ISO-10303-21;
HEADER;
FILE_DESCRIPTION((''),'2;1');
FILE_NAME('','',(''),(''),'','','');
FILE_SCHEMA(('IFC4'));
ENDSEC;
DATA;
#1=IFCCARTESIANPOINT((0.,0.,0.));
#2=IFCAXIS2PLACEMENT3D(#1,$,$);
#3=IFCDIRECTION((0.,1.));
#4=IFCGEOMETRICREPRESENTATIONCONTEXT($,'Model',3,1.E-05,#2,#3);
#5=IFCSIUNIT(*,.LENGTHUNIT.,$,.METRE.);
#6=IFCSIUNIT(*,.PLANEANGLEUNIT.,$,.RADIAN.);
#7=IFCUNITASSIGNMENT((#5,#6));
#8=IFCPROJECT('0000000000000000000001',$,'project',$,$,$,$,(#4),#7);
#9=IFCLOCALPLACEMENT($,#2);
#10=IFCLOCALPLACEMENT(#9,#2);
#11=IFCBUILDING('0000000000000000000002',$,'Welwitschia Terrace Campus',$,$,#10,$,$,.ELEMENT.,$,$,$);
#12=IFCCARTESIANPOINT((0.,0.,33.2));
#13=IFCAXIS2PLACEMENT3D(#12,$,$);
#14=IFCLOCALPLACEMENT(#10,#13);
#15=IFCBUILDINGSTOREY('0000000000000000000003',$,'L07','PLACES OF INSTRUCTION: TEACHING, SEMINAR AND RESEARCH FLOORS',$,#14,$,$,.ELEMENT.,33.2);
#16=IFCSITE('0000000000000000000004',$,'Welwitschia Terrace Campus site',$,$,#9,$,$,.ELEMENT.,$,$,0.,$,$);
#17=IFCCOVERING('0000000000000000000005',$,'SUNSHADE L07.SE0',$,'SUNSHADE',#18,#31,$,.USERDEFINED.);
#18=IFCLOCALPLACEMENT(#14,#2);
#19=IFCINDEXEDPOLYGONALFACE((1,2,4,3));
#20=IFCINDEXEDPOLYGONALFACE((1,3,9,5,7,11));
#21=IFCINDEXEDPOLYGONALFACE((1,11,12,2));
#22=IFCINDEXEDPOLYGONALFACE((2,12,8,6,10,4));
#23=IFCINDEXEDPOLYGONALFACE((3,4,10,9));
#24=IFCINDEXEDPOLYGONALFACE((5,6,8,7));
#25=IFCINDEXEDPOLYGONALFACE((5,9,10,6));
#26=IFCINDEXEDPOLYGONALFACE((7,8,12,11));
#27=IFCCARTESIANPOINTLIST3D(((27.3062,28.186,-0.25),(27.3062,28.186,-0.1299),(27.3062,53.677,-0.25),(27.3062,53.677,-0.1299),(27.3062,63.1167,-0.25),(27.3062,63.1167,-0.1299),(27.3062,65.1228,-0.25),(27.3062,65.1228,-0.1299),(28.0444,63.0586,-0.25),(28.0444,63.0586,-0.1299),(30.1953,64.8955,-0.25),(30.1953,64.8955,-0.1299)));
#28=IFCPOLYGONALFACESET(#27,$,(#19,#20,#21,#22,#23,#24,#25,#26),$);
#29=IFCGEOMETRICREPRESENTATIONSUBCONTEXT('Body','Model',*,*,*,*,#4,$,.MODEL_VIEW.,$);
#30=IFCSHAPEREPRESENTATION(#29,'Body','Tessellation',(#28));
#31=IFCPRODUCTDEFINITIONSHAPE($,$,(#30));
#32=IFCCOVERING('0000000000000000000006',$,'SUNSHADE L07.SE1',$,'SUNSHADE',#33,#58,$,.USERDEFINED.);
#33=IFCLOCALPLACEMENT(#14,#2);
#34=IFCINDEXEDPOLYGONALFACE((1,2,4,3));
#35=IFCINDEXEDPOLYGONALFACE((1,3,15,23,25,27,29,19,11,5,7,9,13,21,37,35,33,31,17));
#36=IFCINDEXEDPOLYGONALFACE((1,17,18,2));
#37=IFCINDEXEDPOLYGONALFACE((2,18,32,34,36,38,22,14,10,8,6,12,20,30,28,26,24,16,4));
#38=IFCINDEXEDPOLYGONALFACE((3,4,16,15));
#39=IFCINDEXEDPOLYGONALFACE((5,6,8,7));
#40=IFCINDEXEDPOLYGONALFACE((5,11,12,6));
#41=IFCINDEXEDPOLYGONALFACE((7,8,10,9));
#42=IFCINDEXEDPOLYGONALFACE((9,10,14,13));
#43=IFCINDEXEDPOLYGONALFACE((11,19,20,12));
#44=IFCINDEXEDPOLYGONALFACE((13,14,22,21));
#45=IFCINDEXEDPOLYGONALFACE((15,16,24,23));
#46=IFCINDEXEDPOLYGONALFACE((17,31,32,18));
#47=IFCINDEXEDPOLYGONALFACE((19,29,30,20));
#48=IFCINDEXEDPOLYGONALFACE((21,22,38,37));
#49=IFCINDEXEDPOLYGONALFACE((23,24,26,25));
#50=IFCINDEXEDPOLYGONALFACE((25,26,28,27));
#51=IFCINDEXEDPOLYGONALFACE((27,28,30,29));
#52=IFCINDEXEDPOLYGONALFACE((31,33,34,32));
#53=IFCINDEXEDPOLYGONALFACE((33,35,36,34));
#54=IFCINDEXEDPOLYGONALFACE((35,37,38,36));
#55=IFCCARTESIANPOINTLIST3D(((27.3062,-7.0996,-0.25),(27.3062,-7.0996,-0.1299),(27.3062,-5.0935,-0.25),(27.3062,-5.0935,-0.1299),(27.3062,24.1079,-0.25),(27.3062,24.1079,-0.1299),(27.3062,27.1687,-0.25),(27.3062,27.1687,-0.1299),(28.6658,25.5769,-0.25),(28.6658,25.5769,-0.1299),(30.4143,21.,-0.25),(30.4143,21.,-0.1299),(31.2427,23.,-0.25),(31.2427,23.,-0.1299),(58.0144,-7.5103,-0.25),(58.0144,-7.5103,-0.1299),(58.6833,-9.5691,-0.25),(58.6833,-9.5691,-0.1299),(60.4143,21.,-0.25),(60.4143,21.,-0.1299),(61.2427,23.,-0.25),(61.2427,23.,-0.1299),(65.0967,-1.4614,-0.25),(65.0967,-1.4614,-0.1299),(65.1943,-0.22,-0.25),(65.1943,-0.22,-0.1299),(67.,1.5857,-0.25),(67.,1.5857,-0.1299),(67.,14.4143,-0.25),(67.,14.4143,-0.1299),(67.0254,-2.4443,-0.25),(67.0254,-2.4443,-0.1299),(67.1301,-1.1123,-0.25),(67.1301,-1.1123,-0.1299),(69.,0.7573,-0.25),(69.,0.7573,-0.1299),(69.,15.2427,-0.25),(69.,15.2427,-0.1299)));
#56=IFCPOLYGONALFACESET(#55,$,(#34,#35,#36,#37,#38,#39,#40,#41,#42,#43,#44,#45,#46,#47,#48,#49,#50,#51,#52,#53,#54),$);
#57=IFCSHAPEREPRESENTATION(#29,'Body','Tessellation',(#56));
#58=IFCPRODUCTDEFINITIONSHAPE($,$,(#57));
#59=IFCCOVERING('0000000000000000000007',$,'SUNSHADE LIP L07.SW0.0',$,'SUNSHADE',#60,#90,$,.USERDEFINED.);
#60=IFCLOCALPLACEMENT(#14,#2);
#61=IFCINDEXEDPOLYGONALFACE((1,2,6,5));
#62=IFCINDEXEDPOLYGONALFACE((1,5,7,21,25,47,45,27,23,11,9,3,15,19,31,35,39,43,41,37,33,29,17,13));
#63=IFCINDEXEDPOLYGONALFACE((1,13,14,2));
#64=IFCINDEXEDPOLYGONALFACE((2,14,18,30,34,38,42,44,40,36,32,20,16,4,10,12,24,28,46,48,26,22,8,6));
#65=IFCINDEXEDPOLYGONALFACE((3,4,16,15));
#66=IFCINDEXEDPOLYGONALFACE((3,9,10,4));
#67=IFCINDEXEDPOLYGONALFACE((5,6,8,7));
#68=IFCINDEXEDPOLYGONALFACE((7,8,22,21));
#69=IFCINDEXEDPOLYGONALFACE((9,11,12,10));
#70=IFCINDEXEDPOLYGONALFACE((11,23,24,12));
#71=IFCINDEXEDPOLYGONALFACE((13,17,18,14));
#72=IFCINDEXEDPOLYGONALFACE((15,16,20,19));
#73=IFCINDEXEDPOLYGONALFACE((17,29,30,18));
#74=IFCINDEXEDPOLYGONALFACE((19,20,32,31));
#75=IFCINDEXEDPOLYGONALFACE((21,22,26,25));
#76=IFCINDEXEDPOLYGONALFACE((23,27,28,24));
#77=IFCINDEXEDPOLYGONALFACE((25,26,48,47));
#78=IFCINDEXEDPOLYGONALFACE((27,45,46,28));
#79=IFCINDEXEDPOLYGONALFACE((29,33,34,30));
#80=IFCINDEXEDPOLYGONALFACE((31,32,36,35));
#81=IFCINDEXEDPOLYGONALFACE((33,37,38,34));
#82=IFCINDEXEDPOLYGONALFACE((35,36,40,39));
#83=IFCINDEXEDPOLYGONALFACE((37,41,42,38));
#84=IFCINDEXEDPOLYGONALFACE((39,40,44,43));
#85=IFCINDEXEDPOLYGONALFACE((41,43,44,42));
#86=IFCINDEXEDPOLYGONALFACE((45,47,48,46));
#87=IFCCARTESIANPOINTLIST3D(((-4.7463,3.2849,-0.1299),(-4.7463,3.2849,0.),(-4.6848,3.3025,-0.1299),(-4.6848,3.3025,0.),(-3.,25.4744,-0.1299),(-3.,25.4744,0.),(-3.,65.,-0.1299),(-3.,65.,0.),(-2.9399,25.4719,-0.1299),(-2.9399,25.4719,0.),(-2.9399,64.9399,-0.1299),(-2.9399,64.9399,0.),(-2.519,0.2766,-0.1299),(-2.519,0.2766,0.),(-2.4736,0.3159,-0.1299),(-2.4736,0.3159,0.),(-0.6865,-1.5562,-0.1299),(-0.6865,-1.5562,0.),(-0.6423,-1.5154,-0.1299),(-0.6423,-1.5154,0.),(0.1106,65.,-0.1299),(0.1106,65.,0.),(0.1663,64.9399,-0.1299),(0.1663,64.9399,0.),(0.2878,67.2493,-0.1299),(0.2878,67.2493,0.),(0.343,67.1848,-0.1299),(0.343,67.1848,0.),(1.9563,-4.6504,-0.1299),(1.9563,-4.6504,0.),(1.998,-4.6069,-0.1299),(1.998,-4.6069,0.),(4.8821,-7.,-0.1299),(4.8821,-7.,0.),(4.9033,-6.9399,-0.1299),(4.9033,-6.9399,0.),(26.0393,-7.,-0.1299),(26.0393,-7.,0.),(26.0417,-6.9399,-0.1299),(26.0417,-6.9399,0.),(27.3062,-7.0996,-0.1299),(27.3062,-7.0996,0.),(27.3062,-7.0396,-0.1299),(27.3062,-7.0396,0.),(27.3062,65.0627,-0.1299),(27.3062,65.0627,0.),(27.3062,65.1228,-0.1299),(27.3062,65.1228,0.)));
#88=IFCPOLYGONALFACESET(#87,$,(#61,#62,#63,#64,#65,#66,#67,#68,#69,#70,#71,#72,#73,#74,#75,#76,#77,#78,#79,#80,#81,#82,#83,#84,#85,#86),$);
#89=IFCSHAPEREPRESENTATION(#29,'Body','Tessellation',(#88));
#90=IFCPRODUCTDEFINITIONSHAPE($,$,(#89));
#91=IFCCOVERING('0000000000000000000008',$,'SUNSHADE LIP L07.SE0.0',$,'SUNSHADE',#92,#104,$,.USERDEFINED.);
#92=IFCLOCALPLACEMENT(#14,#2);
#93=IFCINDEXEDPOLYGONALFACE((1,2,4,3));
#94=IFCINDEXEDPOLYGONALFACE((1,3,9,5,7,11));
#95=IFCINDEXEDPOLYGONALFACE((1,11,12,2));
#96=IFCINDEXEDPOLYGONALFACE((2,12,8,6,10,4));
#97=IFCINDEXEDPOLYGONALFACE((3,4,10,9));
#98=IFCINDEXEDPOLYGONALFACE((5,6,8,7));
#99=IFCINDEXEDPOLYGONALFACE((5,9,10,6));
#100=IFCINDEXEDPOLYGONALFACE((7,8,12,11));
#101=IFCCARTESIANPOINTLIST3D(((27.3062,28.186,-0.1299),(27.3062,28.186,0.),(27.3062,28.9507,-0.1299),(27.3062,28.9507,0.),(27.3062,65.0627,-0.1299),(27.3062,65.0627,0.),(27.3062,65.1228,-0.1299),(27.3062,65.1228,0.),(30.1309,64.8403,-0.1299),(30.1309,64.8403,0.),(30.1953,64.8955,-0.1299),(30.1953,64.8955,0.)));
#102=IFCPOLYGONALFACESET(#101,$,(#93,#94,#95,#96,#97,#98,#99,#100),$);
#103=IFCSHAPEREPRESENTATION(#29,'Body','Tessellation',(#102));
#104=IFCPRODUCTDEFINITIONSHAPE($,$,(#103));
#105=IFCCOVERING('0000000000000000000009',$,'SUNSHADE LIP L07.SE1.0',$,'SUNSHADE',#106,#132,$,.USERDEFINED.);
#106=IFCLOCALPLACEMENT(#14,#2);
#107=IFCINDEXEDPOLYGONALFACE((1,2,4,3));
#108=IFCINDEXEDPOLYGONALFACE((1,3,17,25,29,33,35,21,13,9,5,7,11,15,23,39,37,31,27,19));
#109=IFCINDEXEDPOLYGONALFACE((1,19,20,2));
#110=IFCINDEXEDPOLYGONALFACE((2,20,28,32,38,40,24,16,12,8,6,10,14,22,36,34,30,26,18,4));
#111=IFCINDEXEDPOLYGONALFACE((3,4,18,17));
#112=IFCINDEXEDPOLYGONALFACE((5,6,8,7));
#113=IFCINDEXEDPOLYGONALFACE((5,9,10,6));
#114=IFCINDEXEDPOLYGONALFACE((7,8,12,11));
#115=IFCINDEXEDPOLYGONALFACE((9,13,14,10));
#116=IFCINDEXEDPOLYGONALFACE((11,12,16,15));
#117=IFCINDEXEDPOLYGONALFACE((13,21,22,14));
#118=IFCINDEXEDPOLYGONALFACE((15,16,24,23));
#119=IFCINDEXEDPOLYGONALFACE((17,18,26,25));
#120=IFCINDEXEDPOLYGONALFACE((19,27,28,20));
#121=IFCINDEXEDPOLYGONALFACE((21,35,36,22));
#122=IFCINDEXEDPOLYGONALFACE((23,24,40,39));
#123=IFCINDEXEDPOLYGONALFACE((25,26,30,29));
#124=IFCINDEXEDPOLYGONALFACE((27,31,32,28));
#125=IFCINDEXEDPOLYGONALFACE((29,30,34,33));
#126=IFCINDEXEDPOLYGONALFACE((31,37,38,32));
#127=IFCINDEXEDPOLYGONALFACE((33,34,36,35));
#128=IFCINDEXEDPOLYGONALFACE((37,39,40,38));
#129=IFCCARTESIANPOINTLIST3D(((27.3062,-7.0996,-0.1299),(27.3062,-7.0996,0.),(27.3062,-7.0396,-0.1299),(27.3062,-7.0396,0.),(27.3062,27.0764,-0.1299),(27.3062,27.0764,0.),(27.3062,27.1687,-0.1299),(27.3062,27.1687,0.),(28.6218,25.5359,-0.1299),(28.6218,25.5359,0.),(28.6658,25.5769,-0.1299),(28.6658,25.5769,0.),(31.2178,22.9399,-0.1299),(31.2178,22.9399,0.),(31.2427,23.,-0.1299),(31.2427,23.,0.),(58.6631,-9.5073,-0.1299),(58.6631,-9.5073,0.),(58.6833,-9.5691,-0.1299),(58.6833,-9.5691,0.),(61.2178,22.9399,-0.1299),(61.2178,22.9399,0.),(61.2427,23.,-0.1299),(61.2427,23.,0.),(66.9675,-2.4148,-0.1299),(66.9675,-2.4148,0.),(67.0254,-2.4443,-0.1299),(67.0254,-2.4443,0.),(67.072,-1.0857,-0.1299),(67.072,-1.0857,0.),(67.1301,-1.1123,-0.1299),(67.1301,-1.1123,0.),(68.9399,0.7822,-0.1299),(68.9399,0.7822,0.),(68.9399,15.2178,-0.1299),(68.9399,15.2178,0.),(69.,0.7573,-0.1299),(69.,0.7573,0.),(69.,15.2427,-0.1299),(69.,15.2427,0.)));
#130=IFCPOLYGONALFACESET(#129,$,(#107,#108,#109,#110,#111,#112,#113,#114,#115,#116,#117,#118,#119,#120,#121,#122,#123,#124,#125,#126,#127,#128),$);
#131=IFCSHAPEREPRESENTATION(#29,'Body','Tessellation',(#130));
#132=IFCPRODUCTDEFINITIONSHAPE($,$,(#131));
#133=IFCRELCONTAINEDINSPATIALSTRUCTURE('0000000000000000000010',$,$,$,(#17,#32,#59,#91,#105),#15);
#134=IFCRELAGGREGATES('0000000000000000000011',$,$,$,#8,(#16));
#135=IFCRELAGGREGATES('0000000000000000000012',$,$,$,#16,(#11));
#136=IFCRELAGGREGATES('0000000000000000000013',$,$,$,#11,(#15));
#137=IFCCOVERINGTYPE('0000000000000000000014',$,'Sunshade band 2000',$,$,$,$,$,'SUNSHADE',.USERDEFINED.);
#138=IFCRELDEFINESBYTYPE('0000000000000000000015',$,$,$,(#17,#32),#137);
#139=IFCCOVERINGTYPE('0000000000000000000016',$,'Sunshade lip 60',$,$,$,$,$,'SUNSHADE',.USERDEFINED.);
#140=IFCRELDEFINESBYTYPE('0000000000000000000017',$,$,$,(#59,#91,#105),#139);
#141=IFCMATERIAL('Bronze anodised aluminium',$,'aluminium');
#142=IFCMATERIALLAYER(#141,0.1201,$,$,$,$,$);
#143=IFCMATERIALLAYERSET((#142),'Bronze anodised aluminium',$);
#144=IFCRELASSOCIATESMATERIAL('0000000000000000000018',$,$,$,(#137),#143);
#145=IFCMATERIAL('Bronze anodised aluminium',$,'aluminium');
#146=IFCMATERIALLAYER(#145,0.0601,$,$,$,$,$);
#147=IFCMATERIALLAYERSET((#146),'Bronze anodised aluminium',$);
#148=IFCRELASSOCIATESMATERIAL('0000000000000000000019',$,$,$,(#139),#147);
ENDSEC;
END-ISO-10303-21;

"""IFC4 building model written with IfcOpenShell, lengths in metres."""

from ifc_helpers import new_model, si_unit, direction, frame, origin, place, context, subcontext, project, spatial, polyline, outline, extrude, material, layer, layer_set, type_object, element, save


model = new_model("IFC4")

# Units and contexts
model_context = context("Model", 3, precision=1e-05, world=origin(), true_north=direction((0.0, 1.0)))
body_context = subcontext(model_context, "Body", "Model", "MODEL_VIEW")
ifc_project = project(units=[si_unit("LENGTHUNIT", "METRE"), si_unit("PLANEANGLEUNIT", "RADIAN")], contexts=[model_context])

# Site, building, storey
site_placement = place(None, origin())
site = spatial("IfcSite", under=ifc_project, at=site_placement, Name="Welwitschia Terrace Campus site", CompositionType="ELEMENT", RefElevation=0.0)
building_placement = place(site_placement, origin())
building = spatial("IfcBuilding", under=site, at=building_placement, Name="Welwitschia Terrace Campus", CompositionType="ELEMENT")
storey_placement = place(building_placement, frame((0.0, 0.0, 33.2)))
storey = spatial("IfcBuildingStorey", under=building, at=storey_placement, Name="L07", Description="PLACES OF INSTRUCTION: TEACHING, SEMINAR AND RESEARCH FLOORS", CompositionType="ELEMENT", Elevation=33.2)

# Coverings
ifc_material_1 = material(Name="Bronze anodised aluminium", Category="aluminium")
ifc_layer_1 = layer(ifc_material_1, 0.1201)
ifc_layer_set_1 = layer_set([ifc_layer_1], Name="Bronze anodised aluminium")
covering_type_1 = type_object("IfcCoveringType", Name="Sunshade band 2000", ElementType="SUNSHADE", PredefinedType="USERDEFINED", material=ifc_layer_set_1)
covering_1_placement = place(storey_placement, frame((0.0, 0.0, -0.25)))
element("IfcCovering", 1, at=covering_1_placement, inside=storey, type_object=covering_type_1, Name="SUNSHADE L07.SE0", ObjectType="SUNSHADE", PredefinedType="USERDEFINED", context=body_context, shape_type="SweptSolid", body=[
    extrude(outline(polyline([(30.1953, 64.8955), (27.3062, 28.186), (27.3062, 53.677), (28.0444, 63.0586), (27.3062, 63.1167), (27.3062, 65.1228), (30.1953, 64.8955)])), origin(), (0.0, 0.0, 1.0), 0.1201),
])
covering_2_placement = place(storey_placement, frame((0.0, 0.0, -0.25)))
element("IfcCovering", 2, at=covering_2_placement, inside=storey, type_object=covering_type_1, Name="SUNSHADE L07.SE1", ObjectType="SUNSHADE", PredefinedType="USERDEFINED", context=body_context, shape_type="SweptSolid", body=[
    extrude(outline(polyline([(28.6658, 25.5769), (31.2427, 23.0), (61.2427, 23.0), (69.0, 15.2427), (69.0, 0.7573), (67.1301, -1.1123), (67.0254, -2.4443), (58.6833, -9.5691), (27.3062, -7.0996), (27.3062, -5.0935), (58.0144, -7.5103), (65.0967, -1.4614), (65.1943, -0.22), (67.0, 1.5857), (67.0, 14.4143), (60.4143, 21.0), (30.4143, 21.0), (27.3062, 24.1079), (27.3062, 27.1687), (28.6658, 25.5769)])), origin(), (0.0, 0.0, 1.0), 0.1201),
])
ifc_material_2 = material(Name="Bronze anodised aluminium", Category="aluminium")
ifc_layer_2 = layer(ifc_material_2, 0.0601)
ifc_layer_set_2 = layer_set([ifc_layer_2], Name="Bronze anodised aluminium")
covering_type_2 = type_object("IfcCoveringType", Name="Sunshade lip 60", ElementType="SUNSHADE", PredefinedType="USERDEFINED", material=ifc_layer_set_2)
covering_3_placement = place(storey_placement, frame((0.0, 0.0, -0.1299)))
element("IfcCovering", 3, at=covering_3_placement, inside=storey, type_object=covering_type_2, Name="SUNSHADE LIP L07.SW0.0", ObjectType="SUNSHADE", PredefinedType="USERDEFINED", context=body_context, shape_type="SweptSolid", body=[
    extrude(outline(polyline([(0.2878, 67.2493), (27.3062, 65.1228), (27.3062, 65.0627), (0.343, 67.1848), (0.1663, 64.9399), (-2.9399, 64.9399), (-2.9399, 25.4719), (-4.6848, 3.3025), (-2.4736, 0.3159), (-0.6423, -1.5154), (1.998, -4.6069), (4.9033, -6.9399), (26.0417, -6.9399), (27.3062, -7.0396), (27.3062, -7.0996), (26.0393, -7.0), (4.8821, -7.0), (1.9563, -4.6504), (-0.6865, -1.5562), (-2.519, 0.2766), (-4.7463, 3.2849), (-3.0, 25.4744), (-3.0, 65.0), (0.1106, 65.0), (0.2878, 67.2493)])), origin(), (0.0, 0.0, 1.0), 0.1299),
])
covering_4_placement = place(storey_placement, frame((0.0, 0.0, -0.1299)))
element("IfcCovering", 4, at=covering_4_placement, inside=storey, type_object=covering_type_2, Name="SUNSHADE LIP L07.SE0.0", ObjectType="SUNSHADE", PredefinedType="USERDEFINED", context=body_context, shape_type="SweptSolid", body=[
    extrude(outline(polyline([(27.3062, 28.186), (27.3062, 28.9507), (30.1309, 64.8403), (27.3062, 65.0627), (27.3062, 65.1228), (30.1953, 64.8955), (27.3062, 28.186)])), origin(), (0.0, 0.0, 1.0), 0.1299),
])
covering_5_placement = place(storey_placement, frame((0.0, 0.0, -0.1299)))
element("IfcCovering", 5, at=covering_5_placement, inside=storey, type_object=covering_type_2, Name="SUNSHADE LIP L07.SE1.0", ObjectType="SUNSHADE", PredefinedType="USERDEFINED", context=body_context, shape_type="SweptSolid", body=[
    extrude(outline(polyline([(31.2427, 23.0), (61.2427, 23.0), (69.0, 15.2427), (69.0, 0.7573), (67.1301, -1.1123), (67.0254, -2.4443), (58.6833, -9.5691), (27.3062, -7.0996), (27.3062, -7.0396), (58.6631, -9.5073), (66.9675, -2.4148), (67.072, -1.0857), (68.9399, 0.7822), (68.9399, 15.2178), (61.2178, 22.9399), (31.2178, 22.9399), (28.6218, 25.5359), (27.3062, 27.0764), (27.3062, 27.1687), (28.6658, 25.5769), (31.2427, 23.0)])), origin(), (0.0, 0.0, 1.0), 0.1299),
])

save(model, "model.ifc")
